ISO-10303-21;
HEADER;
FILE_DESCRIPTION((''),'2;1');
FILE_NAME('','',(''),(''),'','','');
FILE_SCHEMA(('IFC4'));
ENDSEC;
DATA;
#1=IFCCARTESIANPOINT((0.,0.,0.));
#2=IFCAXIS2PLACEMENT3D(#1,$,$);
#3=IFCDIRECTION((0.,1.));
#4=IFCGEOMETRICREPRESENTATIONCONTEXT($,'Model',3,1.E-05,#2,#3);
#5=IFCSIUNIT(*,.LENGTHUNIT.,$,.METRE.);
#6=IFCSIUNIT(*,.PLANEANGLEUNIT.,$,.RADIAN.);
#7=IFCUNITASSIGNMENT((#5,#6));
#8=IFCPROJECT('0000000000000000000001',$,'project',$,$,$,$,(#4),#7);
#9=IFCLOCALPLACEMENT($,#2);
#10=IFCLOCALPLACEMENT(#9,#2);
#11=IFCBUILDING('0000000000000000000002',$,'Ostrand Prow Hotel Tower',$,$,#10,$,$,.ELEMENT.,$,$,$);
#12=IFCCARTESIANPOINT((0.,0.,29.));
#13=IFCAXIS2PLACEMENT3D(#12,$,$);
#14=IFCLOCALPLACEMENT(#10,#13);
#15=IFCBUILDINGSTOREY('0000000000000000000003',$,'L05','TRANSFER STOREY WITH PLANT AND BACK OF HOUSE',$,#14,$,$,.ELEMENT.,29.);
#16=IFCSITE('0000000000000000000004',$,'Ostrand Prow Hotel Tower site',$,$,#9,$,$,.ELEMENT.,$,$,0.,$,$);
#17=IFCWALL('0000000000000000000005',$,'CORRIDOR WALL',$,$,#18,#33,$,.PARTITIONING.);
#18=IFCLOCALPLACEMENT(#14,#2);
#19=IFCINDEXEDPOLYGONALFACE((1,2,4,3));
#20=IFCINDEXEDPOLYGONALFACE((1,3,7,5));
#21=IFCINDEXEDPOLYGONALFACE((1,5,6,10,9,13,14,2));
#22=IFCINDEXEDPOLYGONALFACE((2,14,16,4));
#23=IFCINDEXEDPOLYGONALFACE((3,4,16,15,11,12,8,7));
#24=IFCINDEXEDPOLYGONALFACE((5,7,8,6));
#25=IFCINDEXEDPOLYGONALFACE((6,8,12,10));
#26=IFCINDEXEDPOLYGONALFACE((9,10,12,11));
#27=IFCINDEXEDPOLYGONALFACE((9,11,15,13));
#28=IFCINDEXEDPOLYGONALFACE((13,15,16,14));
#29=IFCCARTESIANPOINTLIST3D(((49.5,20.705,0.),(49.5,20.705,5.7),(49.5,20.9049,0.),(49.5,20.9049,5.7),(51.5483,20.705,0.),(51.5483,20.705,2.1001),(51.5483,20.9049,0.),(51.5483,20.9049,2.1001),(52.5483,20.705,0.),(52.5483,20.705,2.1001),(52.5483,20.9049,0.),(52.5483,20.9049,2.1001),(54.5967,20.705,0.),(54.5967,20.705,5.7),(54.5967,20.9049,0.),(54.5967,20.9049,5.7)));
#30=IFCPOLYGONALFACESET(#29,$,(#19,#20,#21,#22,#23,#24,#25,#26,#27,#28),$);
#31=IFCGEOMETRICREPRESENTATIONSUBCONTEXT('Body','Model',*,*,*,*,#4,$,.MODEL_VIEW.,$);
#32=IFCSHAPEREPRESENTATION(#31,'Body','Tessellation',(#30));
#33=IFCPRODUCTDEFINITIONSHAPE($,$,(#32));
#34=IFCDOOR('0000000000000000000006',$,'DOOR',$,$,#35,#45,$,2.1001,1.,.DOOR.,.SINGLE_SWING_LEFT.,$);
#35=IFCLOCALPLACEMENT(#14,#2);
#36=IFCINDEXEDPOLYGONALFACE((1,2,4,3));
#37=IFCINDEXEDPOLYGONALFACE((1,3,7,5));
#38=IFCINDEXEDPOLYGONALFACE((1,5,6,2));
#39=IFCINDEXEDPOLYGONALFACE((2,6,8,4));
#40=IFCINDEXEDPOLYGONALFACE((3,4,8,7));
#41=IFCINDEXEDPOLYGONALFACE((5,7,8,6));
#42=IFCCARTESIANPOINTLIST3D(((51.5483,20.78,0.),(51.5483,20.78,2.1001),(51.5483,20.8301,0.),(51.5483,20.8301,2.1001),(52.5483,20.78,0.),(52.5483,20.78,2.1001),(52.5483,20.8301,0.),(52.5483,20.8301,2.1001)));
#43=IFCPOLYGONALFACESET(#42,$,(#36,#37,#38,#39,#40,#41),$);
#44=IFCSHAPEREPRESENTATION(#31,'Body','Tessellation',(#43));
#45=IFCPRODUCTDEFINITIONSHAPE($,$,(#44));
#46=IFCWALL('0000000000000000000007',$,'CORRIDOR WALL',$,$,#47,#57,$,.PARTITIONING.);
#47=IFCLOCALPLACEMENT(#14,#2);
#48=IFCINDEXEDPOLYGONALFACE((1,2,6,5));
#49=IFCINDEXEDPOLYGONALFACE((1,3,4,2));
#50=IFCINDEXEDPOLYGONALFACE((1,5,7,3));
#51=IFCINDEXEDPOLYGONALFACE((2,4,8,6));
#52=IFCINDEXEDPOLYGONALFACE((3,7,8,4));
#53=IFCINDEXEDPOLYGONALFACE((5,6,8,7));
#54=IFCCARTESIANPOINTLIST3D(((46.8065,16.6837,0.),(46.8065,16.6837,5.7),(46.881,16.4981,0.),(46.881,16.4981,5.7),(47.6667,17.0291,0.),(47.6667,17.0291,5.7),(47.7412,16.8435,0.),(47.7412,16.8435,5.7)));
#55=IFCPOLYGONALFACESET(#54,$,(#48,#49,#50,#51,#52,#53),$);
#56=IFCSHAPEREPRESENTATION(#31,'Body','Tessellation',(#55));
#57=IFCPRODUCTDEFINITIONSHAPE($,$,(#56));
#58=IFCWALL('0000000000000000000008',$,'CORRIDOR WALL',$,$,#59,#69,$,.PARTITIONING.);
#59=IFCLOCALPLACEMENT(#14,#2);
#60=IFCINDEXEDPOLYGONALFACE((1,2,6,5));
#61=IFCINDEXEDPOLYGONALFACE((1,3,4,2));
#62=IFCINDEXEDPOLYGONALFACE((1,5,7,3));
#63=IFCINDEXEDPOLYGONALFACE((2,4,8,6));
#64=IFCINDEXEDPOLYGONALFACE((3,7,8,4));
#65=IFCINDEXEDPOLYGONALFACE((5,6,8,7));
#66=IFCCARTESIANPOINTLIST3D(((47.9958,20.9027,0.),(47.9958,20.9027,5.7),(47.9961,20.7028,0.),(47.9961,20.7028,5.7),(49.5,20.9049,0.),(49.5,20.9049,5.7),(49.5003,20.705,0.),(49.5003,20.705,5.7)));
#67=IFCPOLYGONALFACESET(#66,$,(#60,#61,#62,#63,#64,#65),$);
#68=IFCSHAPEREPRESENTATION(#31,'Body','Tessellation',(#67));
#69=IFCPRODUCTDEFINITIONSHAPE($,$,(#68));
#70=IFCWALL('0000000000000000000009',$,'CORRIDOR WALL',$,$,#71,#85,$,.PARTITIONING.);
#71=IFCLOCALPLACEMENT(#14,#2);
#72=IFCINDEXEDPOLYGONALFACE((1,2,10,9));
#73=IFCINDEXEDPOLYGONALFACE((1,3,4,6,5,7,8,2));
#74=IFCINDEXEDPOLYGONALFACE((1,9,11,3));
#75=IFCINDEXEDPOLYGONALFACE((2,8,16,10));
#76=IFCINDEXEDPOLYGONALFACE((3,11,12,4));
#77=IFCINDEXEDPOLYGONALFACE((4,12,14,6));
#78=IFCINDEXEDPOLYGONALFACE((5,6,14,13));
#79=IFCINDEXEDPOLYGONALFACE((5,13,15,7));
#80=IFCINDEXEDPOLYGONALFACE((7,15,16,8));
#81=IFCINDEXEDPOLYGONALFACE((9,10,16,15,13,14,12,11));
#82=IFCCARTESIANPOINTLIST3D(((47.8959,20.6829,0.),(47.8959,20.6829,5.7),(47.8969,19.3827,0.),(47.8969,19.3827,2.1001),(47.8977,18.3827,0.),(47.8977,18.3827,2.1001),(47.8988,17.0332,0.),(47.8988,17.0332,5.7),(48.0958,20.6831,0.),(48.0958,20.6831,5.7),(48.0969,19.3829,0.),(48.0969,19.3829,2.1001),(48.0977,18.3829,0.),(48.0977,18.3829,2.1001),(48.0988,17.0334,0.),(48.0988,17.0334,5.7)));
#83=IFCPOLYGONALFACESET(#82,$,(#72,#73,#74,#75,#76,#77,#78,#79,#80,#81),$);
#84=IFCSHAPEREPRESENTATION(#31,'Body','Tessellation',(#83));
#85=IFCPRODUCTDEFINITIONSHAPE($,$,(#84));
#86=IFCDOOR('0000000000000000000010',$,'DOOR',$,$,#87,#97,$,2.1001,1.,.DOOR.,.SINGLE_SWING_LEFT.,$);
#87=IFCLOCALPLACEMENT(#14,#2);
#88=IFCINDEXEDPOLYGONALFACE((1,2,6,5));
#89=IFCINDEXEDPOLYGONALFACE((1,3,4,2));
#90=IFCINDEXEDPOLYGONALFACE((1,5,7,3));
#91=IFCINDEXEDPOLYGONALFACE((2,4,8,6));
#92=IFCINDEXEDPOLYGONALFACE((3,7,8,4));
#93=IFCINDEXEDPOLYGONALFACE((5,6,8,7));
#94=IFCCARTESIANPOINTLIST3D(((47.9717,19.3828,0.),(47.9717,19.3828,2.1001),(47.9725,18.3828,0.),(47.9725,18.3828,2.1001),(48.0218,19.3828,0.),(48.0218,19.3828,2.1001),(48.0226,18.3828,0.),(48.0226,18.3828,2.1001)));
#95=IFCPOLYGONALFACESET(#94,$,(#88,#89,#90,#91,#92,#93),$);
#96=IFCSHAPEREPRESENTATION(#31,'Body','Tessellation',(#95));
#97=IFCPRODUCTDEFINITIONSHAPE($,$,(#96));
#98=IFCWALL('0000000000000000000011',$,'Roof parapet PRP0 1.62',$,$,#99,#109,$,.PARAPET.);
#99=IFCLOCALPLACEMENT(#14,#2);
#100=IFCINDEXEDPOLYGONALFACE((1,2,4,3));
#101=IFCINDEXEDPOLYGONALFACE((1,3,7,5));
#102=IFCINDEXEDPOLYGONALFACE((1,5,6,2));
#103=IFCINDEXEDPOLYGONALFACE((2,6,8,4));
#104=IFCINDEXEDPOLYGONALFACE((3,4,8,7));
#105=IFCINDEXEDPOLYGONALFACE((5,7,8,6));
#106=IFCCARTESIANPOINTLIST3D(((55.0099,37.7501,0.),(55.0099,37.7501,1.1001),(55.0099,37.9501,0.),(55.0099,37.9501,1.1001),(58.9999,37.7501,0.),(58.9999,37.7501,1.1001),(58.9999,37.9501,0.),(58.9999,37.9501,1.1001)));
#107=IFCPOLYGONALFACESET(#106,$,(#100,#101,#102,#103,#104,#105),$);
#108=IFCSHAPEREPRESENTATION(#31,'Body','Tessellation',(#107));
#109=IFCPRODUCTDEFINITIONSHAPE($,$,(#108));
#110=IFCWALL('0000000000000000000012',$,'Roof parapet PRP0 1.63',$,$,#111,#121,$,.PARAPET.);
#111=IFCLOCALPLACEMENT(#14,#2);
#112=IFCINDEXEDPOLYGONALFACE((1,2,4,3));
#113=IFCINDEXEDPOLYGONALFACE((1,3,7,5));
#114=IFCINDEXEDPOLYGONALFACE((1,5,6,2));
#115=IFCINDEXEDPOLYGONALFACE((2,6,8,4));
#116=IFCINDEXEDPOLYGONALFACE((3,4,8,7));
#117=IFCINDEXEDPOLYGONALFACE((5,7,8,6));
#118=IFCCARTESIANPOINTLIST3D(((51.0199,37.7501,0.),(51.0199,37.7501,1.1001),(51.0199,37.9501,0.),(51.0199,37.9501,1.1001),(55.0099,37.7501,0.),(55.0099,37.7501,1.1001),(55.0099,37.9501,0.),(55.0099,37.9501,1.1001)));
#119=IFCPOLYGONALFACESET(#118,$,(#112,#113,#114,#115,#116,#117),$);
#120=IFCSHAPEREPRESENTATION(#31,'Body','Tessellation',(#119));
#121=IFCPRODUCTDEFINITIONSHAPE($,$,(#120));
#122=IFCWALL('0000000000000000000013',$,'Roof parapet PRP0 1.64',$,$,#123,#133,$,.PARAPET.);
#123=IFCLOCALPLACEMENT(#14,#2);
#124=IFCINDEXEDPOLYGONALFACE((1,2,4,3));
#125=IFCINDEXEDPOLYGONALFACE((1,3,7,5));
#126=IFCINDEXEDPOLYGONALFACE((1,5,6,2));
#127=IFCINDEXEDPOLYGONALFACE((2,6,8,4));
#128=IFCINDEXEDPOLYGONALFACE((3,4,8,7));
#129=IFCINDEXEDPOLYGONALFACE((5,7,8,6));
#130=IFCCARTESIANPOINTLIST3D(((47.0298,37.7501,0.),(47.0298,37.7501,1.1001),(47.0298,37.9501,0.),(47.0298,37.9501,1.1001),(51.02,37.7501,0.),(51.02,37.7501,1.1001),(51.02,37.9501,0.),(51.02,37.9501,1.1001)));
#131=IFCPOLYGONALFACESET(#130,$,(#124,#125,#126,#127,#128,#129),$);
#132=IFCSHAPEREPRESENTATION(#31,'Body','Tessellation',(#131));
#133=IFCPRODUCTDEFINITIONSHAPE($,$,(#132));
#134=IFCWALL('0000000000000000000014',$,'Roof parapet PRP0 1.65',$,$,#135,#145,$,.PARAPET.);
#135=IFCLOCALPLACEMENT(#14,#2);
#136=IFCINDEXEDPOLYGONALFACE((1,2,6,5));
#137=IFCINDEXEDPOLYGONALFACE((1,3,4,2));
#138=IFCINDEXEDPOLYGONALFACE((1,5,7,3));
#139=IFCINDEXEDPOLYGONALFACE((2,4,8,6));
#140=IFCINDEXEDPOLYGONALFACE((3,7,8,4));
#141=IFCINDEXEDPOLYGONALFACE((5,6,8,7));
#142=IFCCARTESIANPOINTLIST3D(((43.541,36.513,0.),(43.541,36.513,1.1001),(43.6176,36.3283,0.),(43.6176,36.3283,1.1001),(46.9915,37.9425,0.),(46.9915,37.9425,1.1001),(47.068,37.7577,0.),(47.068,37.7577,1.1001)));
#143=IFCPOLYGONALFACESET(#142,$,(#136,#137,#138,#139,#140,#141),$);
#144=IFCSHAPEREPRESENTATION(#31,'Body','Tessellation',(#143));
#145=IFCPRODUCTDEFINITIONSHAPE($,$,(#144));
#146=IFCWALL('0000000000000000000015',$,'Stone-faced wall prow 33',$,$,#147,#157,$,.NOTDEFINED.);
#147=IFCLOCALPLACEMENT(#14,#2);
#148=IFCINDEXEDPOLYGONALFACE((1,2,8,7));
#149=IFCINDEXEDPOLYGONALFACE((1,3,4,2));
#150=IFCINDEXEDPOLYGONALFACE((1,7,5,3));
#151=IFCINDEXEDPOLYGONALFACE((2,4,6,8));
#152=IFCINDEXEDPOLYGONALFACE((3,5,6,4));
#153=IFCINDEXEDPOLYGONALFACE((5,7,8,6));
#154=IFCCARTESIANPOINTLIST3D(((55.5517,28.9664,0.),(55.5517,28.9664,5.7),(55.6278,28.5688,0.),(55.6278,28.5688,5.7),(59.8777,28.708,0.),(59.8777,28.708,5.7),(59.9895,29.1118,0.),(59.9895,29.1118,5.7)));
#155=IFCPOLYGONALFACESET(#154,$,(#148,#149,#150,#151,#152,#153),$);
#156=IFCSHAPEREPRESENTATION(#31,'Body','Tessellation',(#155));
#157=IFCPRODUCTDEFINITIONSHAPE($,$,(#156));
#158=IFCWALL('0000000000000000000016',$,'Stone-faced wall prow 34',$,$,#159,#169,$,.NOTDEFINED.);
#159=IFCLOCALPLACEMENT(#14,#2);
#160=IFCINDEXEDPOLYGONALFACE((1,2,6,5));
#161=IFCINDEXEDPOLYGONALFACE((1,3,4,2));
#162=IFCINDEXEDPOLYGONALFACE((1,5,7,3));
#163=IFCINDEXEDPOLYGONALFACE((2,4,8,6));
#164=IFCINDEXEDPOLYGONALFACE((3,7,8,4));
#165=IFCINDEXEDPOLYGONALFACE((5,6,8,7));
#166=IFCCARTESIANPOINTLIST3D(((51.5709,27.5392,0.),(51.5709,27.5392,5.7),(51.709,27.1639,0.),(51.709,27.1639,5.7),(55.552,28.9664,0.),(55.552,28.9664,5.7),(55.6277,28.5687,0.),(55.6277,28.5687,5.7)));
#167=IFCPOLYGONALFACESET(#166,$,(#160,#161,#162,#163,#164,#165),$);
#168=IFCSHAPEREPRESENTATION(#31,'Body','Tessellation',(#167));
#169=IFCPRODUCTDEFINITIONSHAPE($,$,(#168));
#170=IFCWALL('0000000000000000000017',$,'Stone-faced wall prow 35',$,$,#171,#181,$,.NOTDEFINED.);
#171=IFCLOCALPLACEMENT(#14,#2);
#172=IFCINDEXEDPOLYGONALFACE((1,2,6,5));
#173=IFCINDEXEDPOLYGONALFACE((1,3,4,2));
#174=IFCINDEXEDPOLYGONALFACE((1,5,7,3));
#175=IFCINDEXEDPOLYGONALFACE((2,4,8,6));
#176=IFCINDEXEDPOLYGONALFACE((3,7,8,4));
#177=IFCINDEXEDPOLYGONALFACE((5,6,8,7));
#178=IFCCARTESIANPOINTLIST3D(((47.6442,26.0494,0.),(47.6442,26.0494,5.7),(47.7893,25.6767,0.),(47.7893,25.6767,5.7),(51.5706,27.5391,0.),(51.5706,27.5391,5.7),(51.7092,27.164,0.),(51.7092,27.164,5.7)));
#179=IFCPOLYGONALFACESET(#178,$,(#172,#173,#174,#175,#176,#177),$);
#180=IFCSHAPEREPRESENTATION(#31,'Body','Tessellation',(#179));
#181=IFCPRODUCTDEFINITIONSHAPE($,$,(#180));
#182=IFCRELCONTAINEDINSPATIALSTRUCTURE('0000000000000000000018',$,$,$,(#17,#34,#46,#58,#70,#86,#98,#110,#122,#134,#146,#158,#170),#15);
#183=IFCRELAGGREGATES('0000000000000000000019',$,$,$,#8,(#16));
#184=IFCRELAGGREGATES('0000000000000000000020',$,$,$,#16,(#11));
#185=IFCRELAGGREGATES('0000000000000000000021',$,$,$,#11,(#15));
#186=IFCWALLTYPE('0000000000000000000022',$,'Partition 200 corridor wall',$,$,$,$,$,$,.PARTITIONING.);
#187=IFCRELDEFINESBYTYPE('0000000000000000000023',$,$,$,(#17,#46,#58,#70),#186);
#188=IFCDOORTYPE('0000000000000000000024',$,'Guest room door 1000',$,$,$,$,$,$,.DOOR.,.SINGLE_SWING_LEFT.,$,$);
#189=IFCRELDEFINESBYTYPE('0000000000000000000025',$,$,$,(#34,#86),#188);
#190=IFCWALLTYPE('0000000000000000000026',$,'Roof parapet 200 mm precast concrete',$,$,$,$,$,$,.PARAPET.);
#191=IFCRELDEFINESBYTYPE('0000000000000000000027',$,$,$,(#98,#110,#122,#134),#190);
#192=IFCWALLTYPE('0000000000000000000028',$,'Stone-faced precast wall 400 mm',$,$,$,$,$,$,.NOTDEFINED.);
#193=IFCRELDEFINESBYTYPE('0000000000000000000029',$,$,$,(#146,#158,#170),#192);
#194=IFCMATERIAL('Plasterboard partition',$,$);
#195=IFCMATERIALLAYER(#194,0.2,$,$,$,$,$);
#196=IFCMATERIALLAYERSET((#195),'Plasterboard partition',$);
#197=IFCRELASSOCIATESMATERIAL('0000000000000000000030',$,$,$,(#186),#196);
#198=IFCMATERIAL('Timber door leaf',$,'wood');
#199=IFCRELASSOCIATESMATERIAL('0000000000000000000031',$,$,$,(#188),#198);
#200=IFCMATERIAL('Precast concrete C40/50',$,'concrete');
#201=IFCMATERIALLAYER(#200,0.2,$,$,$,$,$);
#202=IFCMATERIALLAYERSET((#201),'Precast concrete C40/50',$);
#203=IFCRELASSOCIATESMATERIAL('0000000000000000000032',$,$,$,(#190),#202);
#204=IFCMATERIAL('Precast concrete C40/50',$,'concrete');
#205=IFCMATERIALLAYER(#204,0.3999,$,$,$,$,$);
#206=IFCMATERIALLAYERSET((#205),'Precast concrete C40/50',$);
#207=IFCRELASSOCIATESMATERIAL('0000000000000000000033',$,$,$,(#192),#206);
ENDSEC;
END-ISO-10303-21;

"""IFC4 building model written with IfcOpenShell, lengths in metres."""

from ifc_helpers import new_model, si_unit, direction, frame, frame_2d, origin, place, context, subcontext, project, spatial, polyline, rectangle, outline, extrude, material, layer, layer_set, type_object, element, fill, save


model = new_model("IFC4")

# Units and contexts
model_context = context("Model", 3, precision=1e-05, world=origin(), true_north=direction((0.0, 1.0)))
body_context = subcontext(model_context, "Body", "Model", "MODEL_VIEW")
ifc_project = project(units=[si_unit("LENGTHUNIT", "METRE"), si_unit("PLANEANGLEUNIT", "RADIAN")], contexts=[model_context])

# Site, building, storey
site_placement = place(None, origin())
site = spatial("IfcSite", under=ifc_project, at=site_placement, Name="Ostrand Prow Hotel Tower site", CompositionType="ELEMENT", RefElevation=0.0)
building_placement = place(site_placement, origin())
building = spatial("IfcBuilding", under=site, at=building_placement, Name="Ostrand Prow Hotel Tower", CompositionType="ELEMENT")
storey_placement = place(building_placement, frame((0.0, 0.0, 29.0)))
storey = spatial("IfcBuildingStorey", under=building, at=storey_placement, Name="L05", Description="TRANSFER STOREY WITH PLANT AND BACK OF HOUSE", CompositionType="ELEMENT", Elevation=29.0)

# Wall, opening, door
ifc_material_1 = material(Name="Plasterboard partition")
ifc_layer_1 = layer(ifc_material_1, 0.2)
ifc_layer_set_1 = layer_set([ifc_layer_1], Name="Plasterboard partition")
wall_type_1 = type_object("IfcWallType", Name="Partition 200 corridor wall", PredefinedType="PARTITIONING", material=ifc_layer_set_1)
ifc_material_2 = material(Name="Timber door leaf", Category="wood")
door_type_1 = type_object("IfcDoorType", Name="Guest room door 1000", OperationType="SINGLE_SWING_LEFT", PredefinedType="DOOR", material=ifc_material_2)
wall_1_placement = place(storey_placement, frame((54.5967, 20.8049, 0.0), z_axis=(0.0, 0.0, 1.0), x_axis=(-1.0, 0.0, 0.0)))
wall_1 = element("IfcWall", 1, at=wall_1_placement, inside=storey, type_object=wall_type_1, Name="CORRIDOR WALL", PredefinedType="PARTITIONING", context=body_context, shape_type="SweptSolid", body=[
    extrude(rectangle(XDim=5.0967, YDim=0.2, at=frame_2d((2.5483, 0.0))), origin(), (0.0, 0.0, 1.0), 5.7),
])
opening_1_placement = place(wall_1_placement, frame((2.0483, 0.0, 0.0)))
opening_1 = element("IfcOpeningElement", 2, at=opening_1_placement, cuts=wall_1, PredefinedType="OPENING", context=body_context, shape_type="SweptSolid", body=[
    extrude(rectangle(XDim=1.0, YDim=2.1001, at=frame_2d((0.5, 1.05))), frame((0.0, 0.1099, 0.0), z_axis=(0.0, -1.0, 0.0), x_axis=(1.0, 0.0, 0.0)), (0.0, 0.0, 1.0), 0.22),
])
door_1_placement = place(opening_1_placement, origin())
door_1 = element("IfcDoor", 3, at=door_1_placement, inside=storey, type_object=door_type_1, Name="DOOR", OperationType="SINGLE_SWING_LEFT", OverallHeight=2.1001, OverallWidth=1.0, PredefinedType="DOOR", context=body_context, shape_type="SweptSolid", body=[
    extrude(rectangle(XDim=1.0, YDim=2.1001, at=frame_2d((0.5, 1.05))), frame((0.0, 0.0249, 0.0), z_axis=(0.0, -1.0, 0.0), x_axis=(1.0, 0.0, 0.0)), (0.0, 0.0, 1.0), 0.05),
])
fill(opening_1, door_1)

# Walls
wall_2_placement = place(storey_placement, frame((47.7039, 16.9363, 0.0), z_axis=(0.0, 0.0, 1.0), x_axis=(-0.927986, -0.372616, 0.0)))
element("IfcWall", 4, at=wall_2_placement, inside=storey, type_object=wall_type_1, Name="CORRIDOR WALL", PredefinedType="PARTITIONING", context=body_context, shape_type="SweptSolid", body=[
    extrude(rectangle(XDim=0.927, YDim=0.2, at=frame_2d((0.4634, 0.0))), origin(), (0.0, 0.0, 1.0), 5.7),
])
wall_3_placement = place(storey_placement, frame((49.5, 20.8049, 0.0), z_axis=(0.0, 0.0, 1.0), x_axis=(-0.999999, -0.001461, 0.0)))
element("IfcWall", 5, at=wall_3_placement, inside=storey, type_object=wall_type_1, Name="CORRIDOR WALL", PredefinedType="PARTITIONING", context=body_context, shape_type="SweptSolid", body=[
    extrude(rectangle(XDim=1.5042, YDim=0.2, at=frame_2d((0.752, 0.0))), origin(), (0.0, 0.0, 1.0), 5.7),
])

# Wall, opening, door
wall_4_placement = place(storey_placement, frame((47.9958, 20.6829, 0.0), z_axis=(0.0, 0.0, 1.0), x_axis=(0.000803, -1.0, 0.0)))
wall_4 = element("IfcWall", 6, at=wall_4_placement, inside=storey, type_object=wall_type_1, Name="CORRIDOR WALL", PredefinedType="PARTITIONING", context=body_context, shape_type="SweptSolid", body=[
    extrude(rectangle(XDim=3.6497, YDim=0.2, at=frame_2d((1.8247, 0.0))), origin(), (0.0, 0.0, 1.0), 5.7),
])
opening_2_placement = place(wall_4_placement, frame((1.3, 0.0, 0.0)))
opening_2 = element("IfcOpeningElement", 7, at=opening_2_placement, cuts=wall_4, PredefinedType="OPENING", context=body_context, shape_type="SweptSolid", body=[
    extrude(rectangle(XDim=1.0, YDim=2.1001, at=frame_2d((0.5, 1.05))), frame((0.0, 0.1099, 0.0), z_axis=(0.0, -1.0, 0.0), x_axis=(1.0, 0.0, 0.0)), (0.0, 0.0, 1.0), 0.22),
])
door_2_placement = place(opening_2_placement, origin())
door_2 = element("IfcDoor", 8, at=door_2_placement, inside=storey, type_object=door_type_1, Name="DOOR", OperationType="SINGLE_SWING_LEFT", OverallHeight=2.1001, OverallWidth=1.0, PredefinedType="DOOR", context=body_context, shape_type="SweptSolid", body=[
    extrude(rectangle(XDim=1.0, YDim=2.1001, at=frame_2d((0.5, 1.05))), frame((0.0, 0.0249, 0.0), z_axis=(0.0, -1.0, 0.0), x_axis=(1.0, 0.0, 0.0)), (0.0, 0.0, 1.0), 0.05),
])
fill(opening_2, door_2)

# Walls
ifc_material_3 = material(Name="Precast concrete C40/50", Category="concrete")
ifc_layer_2 = layer(ifc_material_3, 0.2)
ifc_layer_set_2 = layer_set([ifc_layer_2], Name="Precast concrete C40/50")
wall_type_2 = type_object("IfcWallType", Name="Roof parapet 200 mm precast concrete", PredefinedType="PARAPET", material=ifc_layer_set_2)
for number, where, z_axis, x_axis, name in (
    (9, (59.0, 37.8501, 0.0), (0.0, 0.0, 1.0), (-1.0, 0.0, 0.0), "Roof parapet PRP0 1.62"),
    (10, (55.01, 37.8501, 0.0), (0.0, 0.0, 1.0), (-1.0, 0.0, 0.0), "Roof parapet PRP0 1.63"),
):
    element("IfcWall", number, at=place(storey_placement, frame(where, z_axis=z_axis, x_axis=x_axis)), inside=storey, type_object=wall_type_2, Name=name, PredefinedType="PARAPET", context=body_context, shape_type="SweptSolid", body=[
        extrude(rectangle(XDim=3.99, YDim=0.2, at=frame_2d((1.9951, 0.0))), origin(), (0.0, 0.0, 1.0), 1.1001),
    ])
wall_5_placement = place(storey_placement, frame((51.02, 37.8501, 0.0), z_axis=(0.0, 0.0, 1.0), x_axis=(-1.0, 0.0, 0.0)))
element("IfcWall", 11, at=wall_5_placement, inside=storey, type_object=wall_type_2, Name="Roof parapet PRP0 1.64", PredefinedType="PARAPET", context=body_context, shape_type="SweptSolid", body=[
    extrude(rectangle(XDim=3.9902, YDim=0.2, at=frame_2d((1.9951, 0.0))), origin(), (0.0, 0.0, 1.0), 1.1001),
])
wall_6_placement = place(storey_placement, frame((47.0298, 37.8501, 0.0), z_axis=(0.0, 0.0, 1.0), x_axis=(-0.923858, -0.382735, 0.0)))
element("IfcWall", 12, at=wall_6_placement, inside=storey, type_object=wall_type_2, Name="Roof parapet PRP0 1.65", PredefinedType="PARAPET", context=body_context, shape_type="SweptSolid", body=[
    extrude(rectangle(XDim=3.7349, YDim=0.2, at=frame_2d((1.8674, 0.0))), origin(), (0.0, 0.0, 1.0), 1.1001),
])
ifc_material_4 = material(Name="Precast concrete C40/50", Category="concrete")
ifc_layer_3 = layer(ifc_material_4, 0.3999)
ifc_layer_set_3 = layer_set([ifc_layer_3], Name="Precast concrete C40/50")
wall_type_3 = type_object("IfcWallType", Name="Stone-faced precast wall 400 mm", PredefinedType="NOTDEFINED", material=ifc_layer_set_3)
wall_7_placement = place(storey_placement, frame((59.9336, 28.9099, 0.0), z_axis=(0.0, 0.0, 1.0), x_axis=(-0.999464, -0.03275, 0.0)))
element("IfcWall", 13, at=wall_7_placement, inside=storey, type_object=wall_type_3, Name="Stone-faced wall prow 33", PredefinedType="NOTDEFINED", context=body_context, shape_type="SweptSolid", body=[
    extrude(outline(polyline([(-0.0625, -0.2), (4.3777, -0.2), (4.3147, 0.2), (0.0625, 0.2), (-0.0625, -0.2)])), origin(), (0.0, 0.0, 1.0), 5.7),
])
wall_8_placement = place(storey_placement, frame((55.5898, 28.7676, 0.0), z_axis=(0.0, 0.0, 1.0), x_axis=(-0.94134, -0.33746, 0.0)))
element("IfcWall", 14, at=wall_8_placement, inside=storey, type_object=wall_type_3, Name="Stone-faced wall prow 34", PredefinedType="NOTDEFINED", context=body_context, shape_type="SweptSolid", body=[
    extrude(outline(polyline([(-0.0315, -0.2), (4.1978, -0.2), (4.1943, 0.2), (0.0315, 0.2), (-0.0315, -0.2)])), origin(), (0.0, 0.0, 1.0), 5.7),
])
wall_9_placement = place(storey_placement, frame((51.6399, 27.3516, 0.0), z_axis=(0.0, 0.0, 1.0), x_axis=(-0.934962, -0.354749, 0.0)))
element("IfcWall", 15, at=wall_9_placement, inside=storey, type_object=wall_type_3, Name="Stone-faced wall prow 35", PredefinedType="NOTDEFINED", context=body_context, shape_type="SweptSolid", body=[
    extrude(outline(polyline([(-0.0017, -0.2), (4.1978, -0.2), (4.1943, 0.2), (0.0017, 0.2), (-0.0017, -0.2)])), origin(), (0.0, 0.0, 1.0), 5.7),
])

save(model, "model.ifc")
